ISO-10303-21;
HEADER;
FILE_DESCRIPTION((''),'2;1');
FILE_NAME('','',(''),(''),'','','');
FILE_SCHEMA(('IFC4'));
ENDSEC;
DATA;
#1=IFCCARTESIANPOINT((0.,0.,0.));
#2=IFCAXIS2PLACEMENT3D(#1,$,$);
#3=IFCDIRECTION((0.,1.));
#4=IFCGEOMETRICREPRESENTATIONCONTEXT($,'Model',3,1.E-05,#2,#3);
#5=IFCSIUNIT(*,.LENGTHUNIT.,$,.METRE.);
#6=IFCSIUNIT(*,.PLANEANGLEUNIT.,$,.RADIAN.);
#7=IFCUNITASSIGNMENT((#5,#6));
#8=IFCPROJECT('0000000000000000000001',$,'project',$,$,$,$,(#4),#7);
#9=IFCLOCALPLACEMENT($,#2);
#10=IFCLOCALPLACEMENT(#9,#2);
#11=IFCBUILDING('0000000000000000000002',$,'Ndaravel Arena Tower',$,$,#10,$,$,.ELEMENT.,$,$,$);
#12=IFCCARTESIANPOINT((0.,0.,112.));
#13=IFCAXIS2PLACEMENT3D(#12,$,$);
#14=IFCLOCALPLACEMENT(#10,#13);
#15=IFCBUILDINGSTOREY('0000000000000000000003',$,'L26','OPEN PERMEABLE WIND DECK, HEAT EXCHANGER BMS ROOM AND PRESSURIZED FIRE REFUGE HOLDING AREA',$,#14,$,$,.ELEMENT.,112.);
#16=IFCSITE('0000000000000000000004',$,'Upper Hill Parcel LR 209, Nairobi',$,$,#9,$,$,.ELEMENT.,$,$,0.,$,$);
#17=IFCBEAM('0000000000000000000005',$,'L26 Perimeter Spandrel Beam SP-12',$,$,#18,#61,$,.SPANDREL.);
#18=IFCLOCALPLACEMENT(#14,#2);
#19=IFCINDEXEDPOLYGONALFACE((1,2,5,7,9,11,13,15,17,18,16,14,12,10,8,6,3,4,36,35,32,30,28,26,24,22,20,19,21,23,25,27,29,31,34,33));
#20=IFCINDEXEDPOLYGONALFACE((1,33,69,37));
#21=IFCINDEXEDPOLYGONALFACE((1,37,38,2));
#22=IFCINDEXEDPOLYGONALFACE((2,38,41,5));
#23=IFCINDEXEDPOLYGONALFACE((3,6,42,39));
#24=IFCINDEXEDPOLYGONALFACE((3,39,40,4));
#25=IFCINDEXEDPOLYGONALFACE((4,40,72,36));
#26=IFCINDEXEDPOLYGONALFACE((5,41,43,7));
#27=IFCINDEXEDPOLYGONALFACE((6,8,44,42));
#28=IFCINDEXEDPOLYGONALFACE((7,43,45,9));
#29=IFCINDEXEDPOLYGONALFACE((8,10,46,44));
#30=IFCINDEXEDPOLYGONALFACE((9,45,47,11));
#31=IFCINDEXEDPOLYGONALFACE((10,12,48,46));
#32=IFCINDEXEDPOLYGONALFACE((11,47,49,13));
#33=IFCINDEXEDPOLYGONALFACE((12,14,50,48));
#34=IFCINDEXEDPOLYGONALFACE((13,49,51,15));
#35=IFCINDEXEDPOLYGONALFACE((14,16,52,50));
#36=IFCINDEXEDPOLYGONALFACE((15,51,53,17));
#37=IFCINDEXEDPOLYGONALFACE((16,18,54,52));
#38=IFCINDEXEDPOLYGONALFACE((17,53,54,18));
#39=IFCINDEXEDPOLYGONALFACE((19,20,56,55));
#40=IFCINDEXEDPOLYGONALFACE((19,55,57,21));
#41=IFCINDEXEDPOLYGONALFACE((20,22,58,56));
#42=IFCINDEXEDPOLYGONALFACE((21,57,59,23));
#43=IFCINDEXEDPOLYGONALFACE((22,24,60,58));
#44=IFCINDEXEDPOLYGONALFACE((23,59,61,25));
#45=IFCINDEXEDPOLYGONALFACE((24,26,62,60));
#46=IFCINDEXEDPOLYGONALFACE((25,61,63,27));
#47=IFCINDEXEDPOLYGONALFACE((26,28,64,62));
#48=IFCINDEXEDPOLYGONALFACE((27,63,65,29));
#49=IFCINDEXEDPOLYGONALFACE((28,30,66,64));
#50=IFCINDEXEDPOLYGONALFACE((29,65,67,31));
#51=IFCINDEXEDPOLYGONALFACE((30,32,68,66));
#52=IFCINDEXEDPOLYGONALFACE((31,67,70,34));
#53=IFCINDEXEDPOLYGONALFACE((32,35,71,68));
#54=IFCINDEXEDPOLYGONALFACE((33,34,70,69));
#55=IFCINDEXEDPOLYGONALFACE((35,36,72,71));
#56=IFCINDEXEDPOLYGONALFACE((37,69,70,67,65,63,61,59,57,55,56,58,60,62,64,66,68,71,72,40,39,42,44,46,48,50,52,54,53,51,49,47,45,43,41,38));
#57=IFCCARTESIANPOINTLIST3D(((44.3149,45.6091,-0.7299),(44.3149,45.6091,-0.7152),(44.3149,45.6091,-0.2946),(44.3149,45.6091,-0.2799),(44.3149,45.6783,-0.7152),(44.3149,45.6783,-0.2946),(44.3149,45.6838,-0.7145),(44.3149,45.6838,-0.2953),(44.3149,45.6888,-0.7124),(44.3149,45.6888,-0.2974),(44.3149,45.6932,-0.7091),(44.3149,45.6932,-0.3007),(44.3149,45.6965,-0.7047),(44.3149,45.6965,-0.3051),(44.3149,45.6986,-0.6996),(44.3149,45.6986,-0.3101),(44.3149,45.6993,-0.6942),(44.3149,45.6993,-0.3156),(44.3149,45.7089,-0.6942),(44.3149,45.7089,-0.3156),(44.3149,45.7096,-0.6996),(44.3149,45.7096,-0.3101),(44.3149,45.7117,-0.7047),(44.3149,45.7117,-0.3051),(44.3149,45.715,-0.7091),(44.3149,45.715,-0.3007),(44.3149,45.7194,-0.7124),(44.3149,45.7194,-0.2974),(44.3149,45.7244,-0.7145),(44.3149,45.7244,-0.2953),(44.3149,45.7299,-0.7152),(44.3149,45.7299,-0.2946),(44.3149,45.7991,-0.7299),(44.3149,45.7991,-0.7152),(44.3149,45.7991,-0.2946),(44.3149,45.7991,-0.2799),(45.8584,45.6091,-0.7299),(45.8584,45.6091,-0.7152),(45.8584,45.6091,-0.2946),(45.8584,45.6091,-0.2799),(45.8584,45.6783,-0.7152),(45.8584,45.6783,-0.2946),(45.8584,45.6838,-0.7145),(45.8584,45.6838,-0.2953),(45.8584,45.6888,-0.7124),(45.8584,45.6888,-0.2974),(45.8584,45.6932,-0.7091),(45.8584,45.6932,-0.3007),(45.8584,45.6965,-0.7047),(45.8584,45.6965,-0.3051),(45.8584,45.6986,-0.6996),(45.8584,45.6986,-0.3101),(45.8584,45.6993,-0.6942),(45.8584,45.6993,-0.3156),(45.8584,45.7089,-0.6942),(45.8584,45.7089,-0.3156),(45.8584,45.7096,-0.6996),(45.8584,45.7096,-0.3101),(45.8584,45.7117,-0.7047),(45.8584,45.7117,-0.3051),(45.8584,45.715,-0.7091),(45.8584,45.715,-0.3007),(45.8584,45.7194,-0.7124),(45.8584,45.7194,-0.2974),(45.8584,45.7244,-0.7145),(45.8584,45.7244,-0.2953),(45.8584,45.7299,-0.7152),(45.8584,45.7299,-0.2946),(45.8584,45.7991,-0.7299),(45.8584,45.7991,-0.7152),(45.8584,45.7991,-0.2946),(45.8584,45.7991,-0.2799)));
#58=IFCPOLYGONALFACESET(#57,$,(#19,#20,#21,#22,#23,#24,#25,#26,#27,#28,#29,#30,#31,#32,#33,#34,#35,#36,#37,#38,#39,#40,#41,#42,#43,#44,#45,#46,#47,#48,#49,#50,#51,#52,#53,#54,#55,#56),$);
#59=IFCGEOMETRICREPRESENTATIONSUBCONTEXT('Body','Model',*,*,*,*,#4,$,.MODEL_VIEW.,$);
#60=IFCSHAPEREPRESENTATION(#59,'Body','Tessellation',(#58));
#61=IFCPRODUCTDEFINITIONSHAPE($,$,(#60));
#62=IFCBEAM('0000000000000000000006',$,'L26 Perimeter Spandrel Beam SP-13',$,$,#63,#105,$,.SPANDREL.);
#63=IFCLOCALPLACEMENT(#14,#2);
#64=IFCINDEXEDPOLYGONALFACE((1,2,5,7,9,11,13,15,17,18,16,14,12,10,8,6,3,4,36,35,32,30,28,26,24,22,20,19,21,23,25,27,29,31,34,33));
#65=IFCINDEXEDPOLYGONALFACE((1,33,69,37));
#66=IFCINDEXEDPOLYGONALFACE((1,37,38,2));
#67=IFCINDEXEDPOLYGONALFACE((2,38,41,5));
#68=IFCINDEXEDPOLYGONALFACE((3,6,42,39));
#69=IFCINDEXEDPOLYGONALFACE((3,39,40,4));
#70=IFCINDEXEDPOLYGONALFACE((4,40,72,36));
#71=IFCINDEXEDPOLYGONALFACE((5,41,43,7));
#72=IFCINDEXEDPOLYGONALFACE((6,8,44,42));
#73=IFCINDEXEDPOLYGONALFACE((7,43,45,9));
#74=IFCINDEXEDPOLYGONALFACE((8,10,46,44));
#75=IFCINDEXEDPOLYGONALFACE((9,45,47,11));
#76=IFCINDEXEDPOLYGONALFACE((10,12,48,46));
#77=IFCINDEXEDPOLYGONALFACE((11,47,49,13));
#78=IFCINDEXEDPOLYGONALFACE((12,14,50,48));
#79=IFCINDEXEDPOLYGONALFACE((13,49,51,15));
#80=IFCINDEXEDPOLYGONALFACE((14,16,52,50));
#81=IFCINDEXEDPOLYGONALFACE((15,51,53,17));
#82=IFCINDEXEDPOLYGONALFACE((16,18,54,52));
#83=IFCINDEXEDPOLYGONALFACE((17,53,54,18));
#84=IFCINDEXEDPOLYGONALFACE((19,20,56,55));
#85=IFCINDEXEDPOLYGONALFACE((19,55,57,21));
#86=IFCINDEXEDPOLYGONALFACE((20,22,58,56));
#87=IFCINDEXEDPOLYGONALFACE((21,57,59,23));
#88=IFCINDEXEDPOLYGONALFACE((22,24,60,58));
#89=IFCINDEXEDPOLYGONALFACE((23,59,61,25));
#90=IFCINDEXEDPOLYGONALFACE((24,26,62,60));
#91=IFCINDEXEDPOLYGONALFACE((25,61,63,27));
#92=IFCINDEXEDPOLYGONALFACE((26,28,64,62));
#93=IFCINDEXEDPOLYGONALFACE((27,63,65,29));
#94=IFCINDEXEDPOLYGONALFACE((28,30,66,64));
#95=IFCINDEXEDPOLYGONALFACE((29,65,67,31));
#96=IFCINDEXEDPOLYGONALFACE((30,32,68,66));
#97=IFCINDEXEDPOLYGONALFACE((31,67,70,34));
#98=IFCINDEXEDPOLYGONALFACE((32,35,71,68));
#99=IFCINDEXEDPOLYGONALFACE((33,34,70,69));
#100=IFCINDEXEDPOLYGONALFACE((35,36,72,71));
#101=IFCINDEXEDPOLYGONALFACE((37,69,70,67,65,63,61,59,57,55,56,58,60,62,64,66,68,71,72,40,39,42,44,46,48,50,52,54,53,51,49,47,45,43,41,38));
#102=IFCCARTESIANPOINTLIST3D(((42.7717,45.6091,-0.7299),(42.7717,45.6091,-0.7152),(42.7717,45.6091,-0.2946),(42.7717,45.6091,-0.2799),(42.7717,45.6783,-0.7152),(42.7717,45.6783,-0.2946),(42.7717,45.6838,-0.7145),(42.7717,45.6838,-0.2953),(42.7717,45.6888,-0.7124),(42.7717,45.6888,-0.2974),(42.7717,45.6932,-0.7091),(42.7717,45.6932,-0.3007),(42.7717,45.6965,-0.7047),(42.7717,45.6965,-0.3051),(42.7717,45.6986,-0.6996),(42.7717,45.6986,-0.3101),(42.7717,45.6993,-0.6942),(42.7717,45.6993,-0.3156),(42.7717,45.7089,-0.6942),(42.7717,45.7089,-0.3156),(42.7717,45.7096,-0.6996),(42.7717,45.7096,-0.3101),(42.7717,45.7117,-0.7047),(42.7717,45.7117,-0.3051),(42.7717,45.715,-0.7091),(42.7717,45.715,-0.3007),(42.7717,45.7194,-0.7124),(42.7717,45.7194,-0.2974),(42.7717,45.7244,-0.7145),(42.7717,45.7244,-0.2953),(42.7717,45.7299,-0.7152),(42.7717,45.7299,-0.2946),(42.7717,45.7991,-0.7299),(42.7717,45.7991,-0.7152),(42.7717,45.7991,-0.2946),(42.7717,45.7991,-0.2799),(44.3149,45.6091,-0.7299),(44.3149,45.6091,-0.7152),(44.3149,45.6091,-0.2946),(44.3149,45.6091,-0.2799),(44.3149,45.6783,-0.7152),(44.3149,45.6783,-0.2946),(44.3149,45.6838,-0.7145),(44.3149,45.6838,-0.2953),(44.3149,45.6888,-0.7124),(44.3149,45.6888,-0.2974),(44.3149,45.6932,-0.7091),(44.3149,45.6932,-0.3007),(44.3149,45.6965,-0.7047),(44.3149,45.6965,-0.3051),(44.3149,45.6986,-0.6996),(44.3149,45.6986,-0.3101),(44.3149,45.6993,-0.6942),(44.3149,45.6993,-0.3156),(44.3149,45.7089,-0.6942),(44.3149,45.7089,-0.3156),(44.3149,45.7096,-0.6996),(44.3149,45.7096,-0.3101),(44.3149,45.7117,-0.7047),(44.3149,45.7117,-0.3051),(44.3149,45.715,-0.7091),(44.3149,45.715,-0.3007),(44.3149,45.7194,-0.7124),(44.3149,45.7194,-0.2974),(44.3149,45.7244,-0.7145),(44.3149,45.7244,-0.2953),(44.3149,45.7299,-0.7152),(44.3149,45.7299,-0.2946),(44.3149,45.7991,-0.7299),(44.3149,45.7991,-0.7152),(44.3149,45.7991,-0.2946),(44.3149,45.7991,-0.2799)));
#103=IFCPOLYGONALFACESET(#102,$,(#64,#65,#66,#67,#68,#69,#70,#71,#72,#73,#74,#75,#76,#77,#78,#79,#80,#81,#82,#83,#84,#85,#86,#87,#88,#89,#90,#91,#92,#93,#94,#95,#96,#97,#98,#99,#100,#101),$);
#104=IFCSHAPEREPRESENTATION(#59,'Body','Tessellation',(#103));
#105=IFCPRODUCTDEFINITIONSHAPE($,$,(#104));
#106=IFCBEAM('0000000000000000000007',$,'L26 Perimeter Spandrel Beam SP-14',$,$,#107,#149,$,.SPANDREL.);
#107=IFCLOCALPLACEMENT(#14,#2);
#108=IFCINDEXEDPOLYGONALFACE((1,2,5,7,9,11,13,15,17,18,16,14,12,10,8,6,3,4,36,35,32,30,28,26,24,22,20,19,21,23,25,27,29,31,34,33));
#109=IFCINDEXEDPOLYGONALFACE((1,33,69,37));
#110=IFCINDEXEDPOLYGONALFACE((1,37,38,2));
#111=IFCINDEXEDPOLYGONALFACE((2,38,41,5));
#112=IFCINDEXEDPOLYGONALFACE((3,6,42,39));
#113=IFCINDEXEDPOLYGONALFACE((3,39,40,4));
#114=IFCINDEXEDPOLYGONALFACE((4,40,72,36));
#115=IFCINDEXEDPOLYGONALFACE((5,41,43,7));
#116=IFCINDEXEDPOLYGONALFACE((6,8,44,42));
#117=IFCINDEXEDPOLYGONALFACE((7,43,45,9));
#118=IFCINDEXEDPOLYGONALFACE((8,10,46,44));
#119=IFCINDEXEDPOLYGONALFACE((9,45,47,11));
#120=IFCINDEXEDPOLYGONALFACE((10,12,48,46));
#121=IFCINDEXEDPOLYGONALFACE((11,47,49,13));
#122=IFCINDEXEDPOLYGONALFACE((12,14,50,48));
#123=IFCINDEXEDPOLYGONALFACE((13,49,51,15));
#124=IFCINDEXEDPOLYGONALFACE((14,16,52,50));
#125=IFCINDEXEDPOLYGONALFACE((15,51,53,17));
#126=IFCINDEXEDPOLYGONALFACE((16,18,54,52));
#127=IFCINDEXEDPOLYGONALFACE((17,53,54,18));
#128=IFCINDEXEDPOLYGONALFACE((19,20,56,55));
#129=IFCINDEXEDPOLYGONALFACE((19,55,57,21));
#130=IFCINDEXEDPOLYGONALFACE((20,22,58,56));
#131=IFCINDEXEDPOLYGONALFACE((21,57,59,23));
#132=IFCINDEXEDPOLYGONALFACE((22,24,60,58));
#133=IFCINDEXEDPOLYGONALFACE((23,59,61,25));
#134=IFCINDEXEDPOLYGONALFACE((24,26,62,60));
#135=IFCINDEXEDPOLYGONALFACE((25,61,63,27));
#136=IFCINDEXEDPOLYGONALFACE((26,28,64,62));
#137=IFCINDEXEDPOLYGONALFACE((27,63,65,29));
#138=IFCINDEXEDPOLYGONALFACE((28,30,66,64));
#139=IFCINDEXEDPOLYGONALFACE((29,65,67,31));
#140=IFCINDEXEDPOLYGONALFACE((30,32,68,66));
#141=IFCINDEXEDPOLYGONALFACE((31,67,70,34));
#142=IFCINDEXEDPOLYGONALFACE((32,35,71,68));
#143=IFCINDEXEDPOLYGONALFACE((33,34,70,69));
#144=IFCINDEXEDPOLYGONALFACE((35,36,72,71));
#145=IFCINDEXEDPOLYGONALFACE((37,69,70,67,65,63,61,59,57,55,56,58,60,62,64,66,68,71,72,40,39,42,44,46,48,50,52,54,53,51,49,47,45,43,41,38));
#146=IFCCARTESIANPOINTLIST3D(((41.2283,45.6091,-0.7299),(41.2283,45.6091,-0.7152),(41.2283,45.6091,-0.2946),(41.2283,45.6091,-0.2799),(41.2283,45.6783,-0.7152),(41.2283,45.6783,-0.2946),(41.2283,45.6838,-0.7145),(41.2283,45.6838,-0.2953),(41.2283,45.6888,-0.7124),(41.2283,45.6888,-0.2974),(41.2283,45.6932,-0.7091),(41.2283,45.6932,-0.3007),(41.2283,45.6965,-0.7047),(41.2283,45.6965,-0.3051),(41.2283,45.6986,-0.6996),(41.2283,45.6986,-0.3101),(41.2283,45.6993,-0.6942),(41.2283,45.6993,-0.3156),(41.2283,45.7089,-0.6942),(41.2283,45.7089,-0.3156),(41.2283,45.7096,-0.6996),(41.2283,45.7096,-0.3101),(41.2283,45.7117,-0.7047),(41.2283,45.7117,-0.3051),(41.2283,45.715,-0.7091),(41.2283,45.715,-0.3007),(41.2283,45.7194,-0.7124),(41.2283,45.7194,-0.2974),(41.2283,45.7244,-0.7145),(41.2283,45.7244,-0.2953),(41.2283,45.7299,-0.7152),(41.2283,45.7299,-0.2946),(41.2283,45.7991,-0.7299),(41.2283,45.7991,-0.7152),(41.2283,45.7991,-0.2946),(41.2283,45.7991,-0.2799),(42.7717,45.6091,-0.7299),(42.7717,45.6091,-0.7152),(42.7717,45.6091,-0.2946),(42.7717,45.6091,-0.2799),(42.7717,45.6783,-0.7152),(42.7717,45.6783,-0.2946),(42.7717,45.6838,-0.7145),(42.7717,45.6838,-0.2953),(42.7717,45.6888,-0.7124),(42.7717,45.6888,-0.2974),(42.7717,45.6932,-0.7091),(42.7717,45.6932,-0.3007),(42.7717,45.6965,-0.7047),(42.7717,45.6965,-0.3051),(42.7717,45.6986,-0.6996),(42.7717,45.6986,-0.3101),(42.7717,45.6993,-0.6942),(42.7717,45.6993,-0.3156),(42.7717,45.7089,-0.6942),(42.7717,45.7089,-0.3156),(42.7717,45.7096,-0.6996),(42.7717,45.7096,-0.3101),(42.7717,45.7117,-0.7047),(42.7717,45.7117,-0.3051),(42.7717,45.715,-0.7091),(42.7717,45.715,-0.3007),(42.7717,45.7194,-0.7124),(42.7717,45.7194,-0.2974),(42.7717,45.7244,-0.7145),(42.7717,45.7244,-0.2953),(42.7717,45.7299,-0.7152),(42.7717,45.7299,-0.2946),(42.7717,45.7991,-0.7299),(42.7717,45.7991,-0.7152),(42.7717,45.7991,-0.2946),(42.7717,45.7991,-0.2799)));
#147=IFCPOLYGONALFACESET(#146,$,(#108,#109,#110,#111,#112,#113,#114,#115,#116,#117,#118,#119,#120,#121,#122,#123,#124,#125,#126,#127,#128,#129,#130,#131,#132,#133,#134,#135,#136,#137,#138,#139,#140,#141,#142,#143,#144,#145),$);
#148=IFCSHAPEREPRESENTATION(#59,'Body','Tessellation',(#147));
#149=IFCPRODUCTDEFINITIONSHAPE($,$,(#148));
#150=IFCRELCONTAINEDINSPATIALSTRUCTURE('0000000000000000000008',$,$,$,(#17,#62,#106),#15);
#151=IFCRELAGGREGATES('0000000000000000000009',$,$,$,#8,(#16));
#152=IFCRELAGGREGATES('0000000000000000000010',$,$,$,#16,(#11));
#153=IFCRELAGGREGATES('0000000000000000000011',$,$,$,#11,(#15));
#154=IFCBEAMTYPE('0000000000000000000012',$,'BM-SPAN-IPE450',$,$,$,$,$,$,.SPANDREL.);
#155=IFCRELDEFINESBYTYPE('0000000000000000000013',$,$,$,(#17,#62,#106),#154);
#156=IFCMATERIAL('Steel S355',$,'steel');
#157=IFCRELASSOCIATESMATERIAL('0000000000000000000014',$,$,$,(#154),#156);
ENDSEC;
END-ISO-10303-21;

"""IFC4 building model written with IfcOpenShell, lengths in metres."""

from ifc_helpers import new_model, si_unit, direction, frame, origin, origin_2d, place, context, subcontext, project, spatial, i_section, extrude, material, material_profile, profile_set, type_object, element, save


model = new_model("IFC4")

# Units and contexts
model_context = context("Model", 3, precision=1e-05, world=origin(), true_north=direction((0.0, 1.0)))
body_context = subcontext(model_context, "Body", "Model", "MODEL_VIEW")
ifc_project = project(units=[si_unit("LENGTHUNIT", "METRE"), si_unit("PLANEANGLEUNIT", "RADIAN")], contexts=[model_context])

# Site, building, storey
site_placement = place(None, origin())
site = spatial("IfcSite", under=ifc_project, at=site_placement, Name="Upper Hill Parcel LR 209, Nairobi", CompositionType="ELEMENT", RefElevation=0.0)
building_placement = place(site_placement, origin())
building = spatial("IfcBuilding", under=site, at=building_placement, Name="Ndaravel Arena Tower", CompositionType="ELEMENT")
storey_placement = place(building_placement, frame((0.0, 0.0, 112.0)))
storey = spatial("IfcBuildingStorey", under=building, at=storey_placement, Name="L26", Description="OPEN PERMEABLE WIND DECK, HEAT EXCHANGER BMS ROOM AND PRESSURIZED FIRE REFUGE HOLDING AREA", CompositionType="ELEMENT", Elevation=112.0)

# Beams
ifc_material_1 = material(Name="Steel S355", Category="steel")
ifc_material_profile_1 = material_profile(ifc_material_1, i_section(OverallWidth=0.1899, OverallDepth=0.45, WebThickness=0.0095, FlangeThickness=0.0146, FilletRadius=0.021, at=origin_2d()), Name="IPE 450")
ifc_profile_set_1 = profile_set([ifc_material_profile_1], Name="Steel S355")
beam_type_1 = type_object("IfcBeamType", Name="BM-SPAN-IPE450", PredefinedType="SPANDREL", material=ifc_profile_set_1)
beam_1_placement = place(storey_placement, frame((45.8584, 45.7041, -0.5049), z_axis=(-1.0, 0.0, 0.0), x_axis=(0.0, -1.0, 0.0)))
element("IfcBeam", 1, at=beam_1_placement, inside=storey, type_object=beam_type_1, Name="L26 Perimeter Spandrel Beam SP-12", PredefinedType="SPANDREL", context=body_context, shape_type="SweptSolid", body=[
    extrude(i_section(OverallWidth=0.1899, OverallDepth=0.45, WebThickness=0.0095, FlangeThickness=0.0146, FilletRadius=0.021, at=origin_2d()), origin(), (0.0, 0.0, 1.0), 1.5435),
])
beam_2_placement = place(storey_placement, frame((44.3149, 45.7041, -0.5049), z_axis=(-1.0, 0.0, 0.0), x_axis=(0.0, -1.0, 0.0)))
element("IfcBeam", 2, at=beam_2_placement, inside=storey, type_object=beam_type_1, Name="L26 Perimeter Spandrel Beam SP-13", PredefinedType="SPANDREL", context=body_context, shape_type="SweptSolid", body=[
    extrude(i_section(OverallWidth=0.1899, OverallDepth=0.45, WebThickness=0.0095, FlangeThickness=0.0146, FilletRadius=0.021, at=origin_2d()), origin(), (0.0, 0.0, 1.0), 1.5432),
])
beam_3_placement = place(storey_placement, frame((42.7717, 45.7041, -0.5049), z_axis=(-1.0, 0.0, 0.0), x_axis=(0.0, -1.0, 0.0)))
element("IfcBeam", 3, at=beam_3_placement, inside=storey, type_object=beam_type_1, Name="L26 Perimeter Spandrel Beam SP-14", PredefinedType="SPANDREL", context=body_context, shape_type="SweptSolid", body=[
    extrude(i_section(OverallWidth=0.1899, OverallDepth=0.45, WebThickness=0.0095, FlangeThickness=0.0146, FilletRadius=0.021, at=origin_2d()), origin(), (0.0, 0.0, 1.0), 1.5435),
])

save(model, "model.ifc")
